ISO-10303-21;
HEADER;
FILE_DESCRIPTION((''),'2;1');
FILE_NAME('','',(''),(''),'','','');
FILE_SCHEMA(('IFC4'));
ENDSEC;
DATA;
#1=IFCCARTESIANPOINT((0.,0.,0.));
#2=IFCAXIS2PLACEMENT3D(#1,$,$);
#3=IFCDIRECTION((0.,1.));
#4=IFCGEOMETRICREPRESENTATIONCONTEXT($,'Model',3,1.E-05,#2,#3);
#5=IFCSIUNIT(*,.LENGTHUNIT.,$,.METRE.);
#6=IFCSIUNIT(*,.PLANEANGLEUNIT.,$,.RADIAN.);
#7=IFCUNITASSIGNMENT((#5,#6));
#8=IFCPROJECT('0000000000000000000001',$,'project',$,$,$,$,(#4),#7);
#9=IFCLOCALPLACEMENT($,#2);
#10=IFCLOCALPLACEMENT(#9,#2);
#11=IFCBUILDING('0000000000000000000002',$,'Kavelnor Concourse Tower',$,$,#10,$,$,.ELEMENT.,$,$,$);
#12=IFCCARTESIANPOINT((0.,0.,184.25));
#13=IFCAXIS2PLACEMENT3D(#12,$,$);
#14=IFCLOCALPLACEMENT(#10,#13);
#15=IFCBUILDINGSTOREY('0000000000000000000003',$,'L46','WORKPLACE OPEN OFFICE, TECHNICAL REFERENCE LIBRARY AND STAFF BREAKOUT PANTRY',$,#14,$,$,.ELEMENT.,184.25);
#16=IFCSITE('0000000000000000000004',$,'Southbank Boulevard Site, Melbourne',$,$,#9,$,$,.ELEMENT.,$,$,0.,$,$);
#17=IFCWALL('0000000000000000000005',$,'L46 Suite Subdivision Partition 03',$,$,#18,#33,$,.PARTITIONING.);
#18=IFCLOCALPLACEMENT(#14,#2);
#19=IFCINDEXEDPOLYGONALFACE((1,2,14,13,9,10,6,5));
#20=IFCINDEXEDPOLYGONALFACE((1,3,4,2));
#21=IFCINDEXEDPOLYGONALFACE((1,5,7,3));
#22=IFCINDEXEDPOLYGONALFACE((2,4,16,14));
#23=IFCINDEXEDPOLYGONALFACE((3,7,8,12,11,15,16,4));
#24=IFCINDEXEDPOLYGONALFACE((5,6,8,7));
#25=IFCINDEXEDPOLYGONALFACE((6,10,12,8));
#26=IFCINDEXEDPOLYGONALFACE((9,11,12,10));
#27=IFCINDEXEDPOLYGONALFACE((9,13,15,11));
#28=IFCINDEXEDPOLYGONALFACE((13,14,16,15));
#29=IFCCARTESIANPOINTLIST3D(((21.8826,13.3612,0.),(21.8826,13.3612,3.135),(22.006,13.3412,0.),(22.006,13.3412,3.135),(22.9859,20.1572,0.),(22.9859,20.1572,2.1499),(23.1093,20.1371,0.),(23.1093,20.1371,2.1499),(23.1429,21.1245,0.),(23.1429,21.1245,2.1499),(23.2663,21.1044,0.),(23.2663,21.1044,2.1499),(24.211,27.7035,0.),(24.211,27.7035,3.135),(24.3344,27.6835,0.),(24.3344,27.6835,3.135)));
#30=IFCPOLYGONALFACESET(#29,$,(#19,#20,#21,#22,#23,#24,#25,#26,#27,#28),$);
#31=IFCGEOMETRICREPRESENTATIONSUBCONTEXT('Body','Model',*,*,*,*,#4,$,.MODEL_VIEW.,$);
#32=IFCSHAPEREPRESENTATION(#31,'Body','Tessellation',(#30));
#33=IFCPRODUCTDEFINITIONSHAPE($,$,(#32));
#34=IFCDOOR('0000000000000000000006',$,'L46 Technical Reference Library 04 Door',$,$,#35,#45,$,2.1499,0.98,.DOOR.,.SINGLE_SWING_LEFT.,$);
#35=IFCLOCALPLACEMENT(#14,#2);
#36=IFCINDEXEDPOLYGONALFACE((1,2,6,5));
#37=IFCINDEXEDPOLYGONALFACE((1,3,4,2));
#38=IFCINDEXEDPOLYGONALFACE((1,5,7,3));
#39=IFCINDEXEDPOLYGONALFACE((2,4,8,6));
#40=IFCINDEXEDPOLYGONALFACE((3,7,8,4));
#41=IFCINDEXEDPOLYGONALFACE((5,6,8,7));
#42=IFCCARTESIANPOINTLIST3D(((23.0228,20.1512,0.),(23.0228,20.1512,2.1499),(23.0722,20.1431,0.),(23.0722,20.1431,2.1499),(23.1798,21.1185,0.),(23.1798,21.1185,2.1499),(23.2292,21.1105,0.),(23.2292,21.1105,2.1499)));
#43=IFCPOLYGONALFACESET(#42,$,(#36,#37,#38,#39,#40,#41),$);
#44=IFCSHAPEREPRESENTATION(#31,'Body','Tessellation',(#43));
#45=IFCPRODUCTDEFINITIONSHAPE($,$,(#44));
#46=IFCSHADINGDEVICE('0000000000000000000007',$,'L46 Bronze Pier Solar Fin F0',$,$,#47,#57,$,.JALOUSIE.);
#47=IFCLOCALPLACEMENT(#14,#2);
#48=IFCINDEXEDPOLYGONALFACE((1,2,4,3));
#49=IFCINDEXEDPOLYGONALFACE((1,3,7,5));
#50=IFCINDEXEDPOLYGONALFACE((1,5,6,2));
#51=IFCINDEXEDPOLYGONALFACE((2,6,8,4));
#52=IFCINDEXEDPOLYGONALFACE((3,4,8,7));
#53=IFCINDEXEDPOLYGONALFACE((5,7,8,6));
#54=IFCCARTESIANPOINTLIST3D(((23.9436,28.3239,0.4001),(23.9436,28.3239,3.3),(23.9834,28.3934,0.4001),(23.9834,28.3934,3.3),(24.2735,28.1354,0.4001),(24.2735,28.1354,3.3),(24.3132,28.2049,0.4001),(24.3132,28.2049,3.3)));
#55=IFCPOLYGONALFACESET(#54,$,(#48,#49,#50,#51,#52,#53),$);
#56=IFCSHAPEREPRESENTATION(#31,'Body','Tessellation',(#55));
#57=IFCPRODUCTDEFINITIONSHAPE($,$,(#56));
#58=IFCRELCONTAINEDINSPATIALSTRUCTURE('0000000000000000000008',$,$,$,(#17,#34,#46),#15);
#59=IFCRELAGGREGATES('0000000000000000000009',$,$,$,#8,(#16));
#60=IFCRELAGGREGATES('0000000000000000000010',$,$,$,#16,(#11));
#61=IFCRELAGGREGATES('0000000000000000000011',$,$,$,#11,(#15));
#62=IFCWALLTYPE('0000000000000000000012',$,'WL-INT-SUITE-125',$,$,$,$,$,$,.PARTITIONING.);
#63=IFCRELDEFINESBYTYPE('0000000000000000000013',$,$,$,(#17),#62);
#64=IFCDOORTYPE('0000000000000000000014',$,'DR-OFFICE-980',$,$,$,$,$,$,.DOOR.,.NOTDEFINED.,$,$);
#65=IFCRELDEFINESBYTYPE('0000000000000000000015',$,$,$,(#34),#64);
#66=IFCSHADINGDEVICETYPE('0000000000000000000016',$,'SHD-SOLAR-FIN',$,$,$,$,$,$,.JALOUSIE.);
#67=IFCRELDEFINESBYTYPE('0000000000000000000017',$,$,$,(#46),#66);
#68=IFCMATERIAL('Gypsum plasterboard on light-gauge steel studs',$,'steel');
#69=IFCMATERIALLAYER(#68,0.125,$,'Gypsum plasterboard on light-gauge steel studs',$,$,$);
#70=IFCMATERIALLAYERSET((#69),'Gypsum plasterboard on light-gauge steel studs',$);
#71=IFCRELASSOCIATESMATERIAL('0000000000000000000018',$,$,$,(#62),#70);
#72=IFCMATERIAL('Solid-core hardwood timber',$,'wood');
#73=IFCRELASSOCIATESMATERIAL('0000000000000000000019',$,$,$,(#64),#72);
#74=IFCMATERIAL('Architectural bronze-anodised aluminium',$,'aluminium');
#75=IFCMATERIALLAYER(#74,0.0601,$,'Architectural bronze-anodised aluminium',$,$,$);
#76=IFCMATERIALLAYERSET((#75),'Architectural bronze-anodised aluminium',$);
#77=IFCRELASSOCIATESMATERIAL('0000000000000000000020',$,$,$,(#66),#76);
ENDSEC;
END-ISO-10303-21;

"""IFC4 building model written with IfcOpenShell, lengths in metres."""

from ifc_helpers import new_model, si_unit, direction, frame, frame_2d, origin, origin_2d, place, context, subcontext, project, spatial, rectangle, extrude, material, layer, layer_set, type_object, element, fill, save


model = new_model("IFC4")

# Units and contexts
model_context = context("Model", 3, precision=1e-05, world=origin(), true_north=direction((0.0, 1.0)))
body_context = subcontext(model_context, "Body", "Model", "MODEL_VIEW")
ifc_project = project(units=[si_unit("LENGTHUNIT", "METRE"), si_unit("PLANEANGLEUNIT", "RADIAN")], contexts=[model_context])

# Site, building, storey
site_placement = place(None, origin())
site = spatial("IfcSite", under=ifc_project, at=site_placement, Name="Southbank Boulevard Site, Melbourne", CompositionType="ELEMENT", RefElevation=0.0)
building_placement = place(site_placement, origin())
building = spatial("IfcBuilding", under=site, at=building_placement, Name="Kavelnor Concourse Tower", CompositionType="ELEMENT")
storey_placement = place(building_placement, frame((0.0, 0.0, 184.25)))
storey = spatial("IfcBuildingStorey", under=building, at=storey_placement, Name="L46", Description="WORKPLACE OPEN OFFICE, TECHNICAL REFERENCE LIBRARY AND STAFF BREAKOUT PANTRY", CompositionType="ELEMENT", Elevation=184.25)

# Shared definitions
ifc_material_1 = material(Name="Gypsum plasterboard on light-gauge steel studs", Category="steel")

# Wall, opening, door
ifc_layer_1 = layer(ifc_material_1, 0.125, Name="Gypsum plasterboard on light-gauge steel studs")
ifc_layer_set_1 = layer_set([ifc_layer_1], Name="Gypsum plasterboard on light-gauge steel studs")
wall_type_1 = type_object("IfcWallType", Name="WL-INT-SUITE-125", PredefinedType="PARTITIONING", material=ifc_layer_set_1)
wall_1_placement = place(storey_placement, frame((24.2727, 27.6936, 0.0), z_axis=(0.0, 0.0, 1.0), x_axis=(-0.160245, -0.987077, 0.0)))
wall_1 = element("IfcWall", 1, at=wall_1_placement, inside=storey, type_object=wall_type_1, Name="L46 Suite Subdivision Partition 03", PredefinedType="PARTITIONING", context=body_context, shape_type="SweptSolid", body=[
    extrude(rectangle(XDim=14.53, YDim=0.125, at=frame_2d((7.2651, 0.0))), origin(), (0.0, 0.0, 1.0), 3.135),
])
opening_1_placement = place(wall_1_placement, frame((6.6653, 0.0, 0.0)))
opening_1 = element("IfcOpeningElement", 2, at=opening_1_placement, cuts=wall_1, PredefinedType="OPENING", context=body_context, shape_type="SweptSolid", body=[
    extrude(rectangle(XDim=0.98, YDim=2.1499, at=frame_2d((0.49, 1.075))), frame((0.0, 0.0725, 0.0), z_axis=(0.0, -1.0, 0.0), x_axis=(1.0, 0.0, 0.0)), (0.0, 0.0, 1.0), 0.145),
])
ifc_material_2 = material(Name="Solid-core hardwood timber", Category="wood")
door_type = type_object("IfcDoorType", Name="DR-OFFICE-980", OperationType="NOTDEFINED", PredefinedType="DOOR", material=ifc_material_2)
door_placement = place(opening_1_placement, origin())
door = element("IfcDoor", 3, at=door_placement, inside=storey, type_object=door_type, Name="L46 Technical Reference Library 04 Door", OperationType="SINGLE_SWING_LEFT", OverallHeight=2.1499, OverallWidth=0.98, PredefinedType="DOOR", context=body_context, shape_type="SweptSolid", body=[
    extrude(rectangle(XDim=0.98, YDim=2.1499, at=frame_2d((0.49, 1.075))), frame((0.0, 0.0249, 0.0), z_axis=(0.0, -1.0, 0.0), x_axis=(1.0, 0.0, 0.0)), (0.0, 0.0, 1.0), 0.05),
])
fill(opening_1, door)

# Shading device
ifc_material_3 = material(Name="Architectural bronze-anodised aluminium", Category="aluminium")
ifc_layer_2 = layer(ifc_material_3, 0.0601, Name="Architectural bronze-anodised aluminium")
ifc_layer_set_2 = layer_set([ifc_layer_2], Name="Architectural bronze-anodised aluminium")
shading_device_type = type_object("IfcShadingDeviceType", Name="SHD-SOLAR-FIN", PredefinedType="JALOUSIE", material=ifc_layer_set_2)
shading_device_placement = place(storey_placement, frame((24.1284, 28.2644, 0.4001), z_axis=(0.0, 0.0, 1.0), x_axis=(-0.868285, 0.496065, 0.0)))
element("IfcShadingDevice", 4, at=shading_device_placement, inside=storey, type_object=shading_device_type, Name="L46 Bronze Pier Solar Fin F0", PredefinedType="JALOUSIE", context=body_context, shape_type="SweptSolid", body=[
    extrude(rectangle(XDim=0.3799, YDim=0.0801, at=origin_2d()), origin(), (0.0, 0.0, 1.0), 2.8999),
])

save(model, "model.ifc")
